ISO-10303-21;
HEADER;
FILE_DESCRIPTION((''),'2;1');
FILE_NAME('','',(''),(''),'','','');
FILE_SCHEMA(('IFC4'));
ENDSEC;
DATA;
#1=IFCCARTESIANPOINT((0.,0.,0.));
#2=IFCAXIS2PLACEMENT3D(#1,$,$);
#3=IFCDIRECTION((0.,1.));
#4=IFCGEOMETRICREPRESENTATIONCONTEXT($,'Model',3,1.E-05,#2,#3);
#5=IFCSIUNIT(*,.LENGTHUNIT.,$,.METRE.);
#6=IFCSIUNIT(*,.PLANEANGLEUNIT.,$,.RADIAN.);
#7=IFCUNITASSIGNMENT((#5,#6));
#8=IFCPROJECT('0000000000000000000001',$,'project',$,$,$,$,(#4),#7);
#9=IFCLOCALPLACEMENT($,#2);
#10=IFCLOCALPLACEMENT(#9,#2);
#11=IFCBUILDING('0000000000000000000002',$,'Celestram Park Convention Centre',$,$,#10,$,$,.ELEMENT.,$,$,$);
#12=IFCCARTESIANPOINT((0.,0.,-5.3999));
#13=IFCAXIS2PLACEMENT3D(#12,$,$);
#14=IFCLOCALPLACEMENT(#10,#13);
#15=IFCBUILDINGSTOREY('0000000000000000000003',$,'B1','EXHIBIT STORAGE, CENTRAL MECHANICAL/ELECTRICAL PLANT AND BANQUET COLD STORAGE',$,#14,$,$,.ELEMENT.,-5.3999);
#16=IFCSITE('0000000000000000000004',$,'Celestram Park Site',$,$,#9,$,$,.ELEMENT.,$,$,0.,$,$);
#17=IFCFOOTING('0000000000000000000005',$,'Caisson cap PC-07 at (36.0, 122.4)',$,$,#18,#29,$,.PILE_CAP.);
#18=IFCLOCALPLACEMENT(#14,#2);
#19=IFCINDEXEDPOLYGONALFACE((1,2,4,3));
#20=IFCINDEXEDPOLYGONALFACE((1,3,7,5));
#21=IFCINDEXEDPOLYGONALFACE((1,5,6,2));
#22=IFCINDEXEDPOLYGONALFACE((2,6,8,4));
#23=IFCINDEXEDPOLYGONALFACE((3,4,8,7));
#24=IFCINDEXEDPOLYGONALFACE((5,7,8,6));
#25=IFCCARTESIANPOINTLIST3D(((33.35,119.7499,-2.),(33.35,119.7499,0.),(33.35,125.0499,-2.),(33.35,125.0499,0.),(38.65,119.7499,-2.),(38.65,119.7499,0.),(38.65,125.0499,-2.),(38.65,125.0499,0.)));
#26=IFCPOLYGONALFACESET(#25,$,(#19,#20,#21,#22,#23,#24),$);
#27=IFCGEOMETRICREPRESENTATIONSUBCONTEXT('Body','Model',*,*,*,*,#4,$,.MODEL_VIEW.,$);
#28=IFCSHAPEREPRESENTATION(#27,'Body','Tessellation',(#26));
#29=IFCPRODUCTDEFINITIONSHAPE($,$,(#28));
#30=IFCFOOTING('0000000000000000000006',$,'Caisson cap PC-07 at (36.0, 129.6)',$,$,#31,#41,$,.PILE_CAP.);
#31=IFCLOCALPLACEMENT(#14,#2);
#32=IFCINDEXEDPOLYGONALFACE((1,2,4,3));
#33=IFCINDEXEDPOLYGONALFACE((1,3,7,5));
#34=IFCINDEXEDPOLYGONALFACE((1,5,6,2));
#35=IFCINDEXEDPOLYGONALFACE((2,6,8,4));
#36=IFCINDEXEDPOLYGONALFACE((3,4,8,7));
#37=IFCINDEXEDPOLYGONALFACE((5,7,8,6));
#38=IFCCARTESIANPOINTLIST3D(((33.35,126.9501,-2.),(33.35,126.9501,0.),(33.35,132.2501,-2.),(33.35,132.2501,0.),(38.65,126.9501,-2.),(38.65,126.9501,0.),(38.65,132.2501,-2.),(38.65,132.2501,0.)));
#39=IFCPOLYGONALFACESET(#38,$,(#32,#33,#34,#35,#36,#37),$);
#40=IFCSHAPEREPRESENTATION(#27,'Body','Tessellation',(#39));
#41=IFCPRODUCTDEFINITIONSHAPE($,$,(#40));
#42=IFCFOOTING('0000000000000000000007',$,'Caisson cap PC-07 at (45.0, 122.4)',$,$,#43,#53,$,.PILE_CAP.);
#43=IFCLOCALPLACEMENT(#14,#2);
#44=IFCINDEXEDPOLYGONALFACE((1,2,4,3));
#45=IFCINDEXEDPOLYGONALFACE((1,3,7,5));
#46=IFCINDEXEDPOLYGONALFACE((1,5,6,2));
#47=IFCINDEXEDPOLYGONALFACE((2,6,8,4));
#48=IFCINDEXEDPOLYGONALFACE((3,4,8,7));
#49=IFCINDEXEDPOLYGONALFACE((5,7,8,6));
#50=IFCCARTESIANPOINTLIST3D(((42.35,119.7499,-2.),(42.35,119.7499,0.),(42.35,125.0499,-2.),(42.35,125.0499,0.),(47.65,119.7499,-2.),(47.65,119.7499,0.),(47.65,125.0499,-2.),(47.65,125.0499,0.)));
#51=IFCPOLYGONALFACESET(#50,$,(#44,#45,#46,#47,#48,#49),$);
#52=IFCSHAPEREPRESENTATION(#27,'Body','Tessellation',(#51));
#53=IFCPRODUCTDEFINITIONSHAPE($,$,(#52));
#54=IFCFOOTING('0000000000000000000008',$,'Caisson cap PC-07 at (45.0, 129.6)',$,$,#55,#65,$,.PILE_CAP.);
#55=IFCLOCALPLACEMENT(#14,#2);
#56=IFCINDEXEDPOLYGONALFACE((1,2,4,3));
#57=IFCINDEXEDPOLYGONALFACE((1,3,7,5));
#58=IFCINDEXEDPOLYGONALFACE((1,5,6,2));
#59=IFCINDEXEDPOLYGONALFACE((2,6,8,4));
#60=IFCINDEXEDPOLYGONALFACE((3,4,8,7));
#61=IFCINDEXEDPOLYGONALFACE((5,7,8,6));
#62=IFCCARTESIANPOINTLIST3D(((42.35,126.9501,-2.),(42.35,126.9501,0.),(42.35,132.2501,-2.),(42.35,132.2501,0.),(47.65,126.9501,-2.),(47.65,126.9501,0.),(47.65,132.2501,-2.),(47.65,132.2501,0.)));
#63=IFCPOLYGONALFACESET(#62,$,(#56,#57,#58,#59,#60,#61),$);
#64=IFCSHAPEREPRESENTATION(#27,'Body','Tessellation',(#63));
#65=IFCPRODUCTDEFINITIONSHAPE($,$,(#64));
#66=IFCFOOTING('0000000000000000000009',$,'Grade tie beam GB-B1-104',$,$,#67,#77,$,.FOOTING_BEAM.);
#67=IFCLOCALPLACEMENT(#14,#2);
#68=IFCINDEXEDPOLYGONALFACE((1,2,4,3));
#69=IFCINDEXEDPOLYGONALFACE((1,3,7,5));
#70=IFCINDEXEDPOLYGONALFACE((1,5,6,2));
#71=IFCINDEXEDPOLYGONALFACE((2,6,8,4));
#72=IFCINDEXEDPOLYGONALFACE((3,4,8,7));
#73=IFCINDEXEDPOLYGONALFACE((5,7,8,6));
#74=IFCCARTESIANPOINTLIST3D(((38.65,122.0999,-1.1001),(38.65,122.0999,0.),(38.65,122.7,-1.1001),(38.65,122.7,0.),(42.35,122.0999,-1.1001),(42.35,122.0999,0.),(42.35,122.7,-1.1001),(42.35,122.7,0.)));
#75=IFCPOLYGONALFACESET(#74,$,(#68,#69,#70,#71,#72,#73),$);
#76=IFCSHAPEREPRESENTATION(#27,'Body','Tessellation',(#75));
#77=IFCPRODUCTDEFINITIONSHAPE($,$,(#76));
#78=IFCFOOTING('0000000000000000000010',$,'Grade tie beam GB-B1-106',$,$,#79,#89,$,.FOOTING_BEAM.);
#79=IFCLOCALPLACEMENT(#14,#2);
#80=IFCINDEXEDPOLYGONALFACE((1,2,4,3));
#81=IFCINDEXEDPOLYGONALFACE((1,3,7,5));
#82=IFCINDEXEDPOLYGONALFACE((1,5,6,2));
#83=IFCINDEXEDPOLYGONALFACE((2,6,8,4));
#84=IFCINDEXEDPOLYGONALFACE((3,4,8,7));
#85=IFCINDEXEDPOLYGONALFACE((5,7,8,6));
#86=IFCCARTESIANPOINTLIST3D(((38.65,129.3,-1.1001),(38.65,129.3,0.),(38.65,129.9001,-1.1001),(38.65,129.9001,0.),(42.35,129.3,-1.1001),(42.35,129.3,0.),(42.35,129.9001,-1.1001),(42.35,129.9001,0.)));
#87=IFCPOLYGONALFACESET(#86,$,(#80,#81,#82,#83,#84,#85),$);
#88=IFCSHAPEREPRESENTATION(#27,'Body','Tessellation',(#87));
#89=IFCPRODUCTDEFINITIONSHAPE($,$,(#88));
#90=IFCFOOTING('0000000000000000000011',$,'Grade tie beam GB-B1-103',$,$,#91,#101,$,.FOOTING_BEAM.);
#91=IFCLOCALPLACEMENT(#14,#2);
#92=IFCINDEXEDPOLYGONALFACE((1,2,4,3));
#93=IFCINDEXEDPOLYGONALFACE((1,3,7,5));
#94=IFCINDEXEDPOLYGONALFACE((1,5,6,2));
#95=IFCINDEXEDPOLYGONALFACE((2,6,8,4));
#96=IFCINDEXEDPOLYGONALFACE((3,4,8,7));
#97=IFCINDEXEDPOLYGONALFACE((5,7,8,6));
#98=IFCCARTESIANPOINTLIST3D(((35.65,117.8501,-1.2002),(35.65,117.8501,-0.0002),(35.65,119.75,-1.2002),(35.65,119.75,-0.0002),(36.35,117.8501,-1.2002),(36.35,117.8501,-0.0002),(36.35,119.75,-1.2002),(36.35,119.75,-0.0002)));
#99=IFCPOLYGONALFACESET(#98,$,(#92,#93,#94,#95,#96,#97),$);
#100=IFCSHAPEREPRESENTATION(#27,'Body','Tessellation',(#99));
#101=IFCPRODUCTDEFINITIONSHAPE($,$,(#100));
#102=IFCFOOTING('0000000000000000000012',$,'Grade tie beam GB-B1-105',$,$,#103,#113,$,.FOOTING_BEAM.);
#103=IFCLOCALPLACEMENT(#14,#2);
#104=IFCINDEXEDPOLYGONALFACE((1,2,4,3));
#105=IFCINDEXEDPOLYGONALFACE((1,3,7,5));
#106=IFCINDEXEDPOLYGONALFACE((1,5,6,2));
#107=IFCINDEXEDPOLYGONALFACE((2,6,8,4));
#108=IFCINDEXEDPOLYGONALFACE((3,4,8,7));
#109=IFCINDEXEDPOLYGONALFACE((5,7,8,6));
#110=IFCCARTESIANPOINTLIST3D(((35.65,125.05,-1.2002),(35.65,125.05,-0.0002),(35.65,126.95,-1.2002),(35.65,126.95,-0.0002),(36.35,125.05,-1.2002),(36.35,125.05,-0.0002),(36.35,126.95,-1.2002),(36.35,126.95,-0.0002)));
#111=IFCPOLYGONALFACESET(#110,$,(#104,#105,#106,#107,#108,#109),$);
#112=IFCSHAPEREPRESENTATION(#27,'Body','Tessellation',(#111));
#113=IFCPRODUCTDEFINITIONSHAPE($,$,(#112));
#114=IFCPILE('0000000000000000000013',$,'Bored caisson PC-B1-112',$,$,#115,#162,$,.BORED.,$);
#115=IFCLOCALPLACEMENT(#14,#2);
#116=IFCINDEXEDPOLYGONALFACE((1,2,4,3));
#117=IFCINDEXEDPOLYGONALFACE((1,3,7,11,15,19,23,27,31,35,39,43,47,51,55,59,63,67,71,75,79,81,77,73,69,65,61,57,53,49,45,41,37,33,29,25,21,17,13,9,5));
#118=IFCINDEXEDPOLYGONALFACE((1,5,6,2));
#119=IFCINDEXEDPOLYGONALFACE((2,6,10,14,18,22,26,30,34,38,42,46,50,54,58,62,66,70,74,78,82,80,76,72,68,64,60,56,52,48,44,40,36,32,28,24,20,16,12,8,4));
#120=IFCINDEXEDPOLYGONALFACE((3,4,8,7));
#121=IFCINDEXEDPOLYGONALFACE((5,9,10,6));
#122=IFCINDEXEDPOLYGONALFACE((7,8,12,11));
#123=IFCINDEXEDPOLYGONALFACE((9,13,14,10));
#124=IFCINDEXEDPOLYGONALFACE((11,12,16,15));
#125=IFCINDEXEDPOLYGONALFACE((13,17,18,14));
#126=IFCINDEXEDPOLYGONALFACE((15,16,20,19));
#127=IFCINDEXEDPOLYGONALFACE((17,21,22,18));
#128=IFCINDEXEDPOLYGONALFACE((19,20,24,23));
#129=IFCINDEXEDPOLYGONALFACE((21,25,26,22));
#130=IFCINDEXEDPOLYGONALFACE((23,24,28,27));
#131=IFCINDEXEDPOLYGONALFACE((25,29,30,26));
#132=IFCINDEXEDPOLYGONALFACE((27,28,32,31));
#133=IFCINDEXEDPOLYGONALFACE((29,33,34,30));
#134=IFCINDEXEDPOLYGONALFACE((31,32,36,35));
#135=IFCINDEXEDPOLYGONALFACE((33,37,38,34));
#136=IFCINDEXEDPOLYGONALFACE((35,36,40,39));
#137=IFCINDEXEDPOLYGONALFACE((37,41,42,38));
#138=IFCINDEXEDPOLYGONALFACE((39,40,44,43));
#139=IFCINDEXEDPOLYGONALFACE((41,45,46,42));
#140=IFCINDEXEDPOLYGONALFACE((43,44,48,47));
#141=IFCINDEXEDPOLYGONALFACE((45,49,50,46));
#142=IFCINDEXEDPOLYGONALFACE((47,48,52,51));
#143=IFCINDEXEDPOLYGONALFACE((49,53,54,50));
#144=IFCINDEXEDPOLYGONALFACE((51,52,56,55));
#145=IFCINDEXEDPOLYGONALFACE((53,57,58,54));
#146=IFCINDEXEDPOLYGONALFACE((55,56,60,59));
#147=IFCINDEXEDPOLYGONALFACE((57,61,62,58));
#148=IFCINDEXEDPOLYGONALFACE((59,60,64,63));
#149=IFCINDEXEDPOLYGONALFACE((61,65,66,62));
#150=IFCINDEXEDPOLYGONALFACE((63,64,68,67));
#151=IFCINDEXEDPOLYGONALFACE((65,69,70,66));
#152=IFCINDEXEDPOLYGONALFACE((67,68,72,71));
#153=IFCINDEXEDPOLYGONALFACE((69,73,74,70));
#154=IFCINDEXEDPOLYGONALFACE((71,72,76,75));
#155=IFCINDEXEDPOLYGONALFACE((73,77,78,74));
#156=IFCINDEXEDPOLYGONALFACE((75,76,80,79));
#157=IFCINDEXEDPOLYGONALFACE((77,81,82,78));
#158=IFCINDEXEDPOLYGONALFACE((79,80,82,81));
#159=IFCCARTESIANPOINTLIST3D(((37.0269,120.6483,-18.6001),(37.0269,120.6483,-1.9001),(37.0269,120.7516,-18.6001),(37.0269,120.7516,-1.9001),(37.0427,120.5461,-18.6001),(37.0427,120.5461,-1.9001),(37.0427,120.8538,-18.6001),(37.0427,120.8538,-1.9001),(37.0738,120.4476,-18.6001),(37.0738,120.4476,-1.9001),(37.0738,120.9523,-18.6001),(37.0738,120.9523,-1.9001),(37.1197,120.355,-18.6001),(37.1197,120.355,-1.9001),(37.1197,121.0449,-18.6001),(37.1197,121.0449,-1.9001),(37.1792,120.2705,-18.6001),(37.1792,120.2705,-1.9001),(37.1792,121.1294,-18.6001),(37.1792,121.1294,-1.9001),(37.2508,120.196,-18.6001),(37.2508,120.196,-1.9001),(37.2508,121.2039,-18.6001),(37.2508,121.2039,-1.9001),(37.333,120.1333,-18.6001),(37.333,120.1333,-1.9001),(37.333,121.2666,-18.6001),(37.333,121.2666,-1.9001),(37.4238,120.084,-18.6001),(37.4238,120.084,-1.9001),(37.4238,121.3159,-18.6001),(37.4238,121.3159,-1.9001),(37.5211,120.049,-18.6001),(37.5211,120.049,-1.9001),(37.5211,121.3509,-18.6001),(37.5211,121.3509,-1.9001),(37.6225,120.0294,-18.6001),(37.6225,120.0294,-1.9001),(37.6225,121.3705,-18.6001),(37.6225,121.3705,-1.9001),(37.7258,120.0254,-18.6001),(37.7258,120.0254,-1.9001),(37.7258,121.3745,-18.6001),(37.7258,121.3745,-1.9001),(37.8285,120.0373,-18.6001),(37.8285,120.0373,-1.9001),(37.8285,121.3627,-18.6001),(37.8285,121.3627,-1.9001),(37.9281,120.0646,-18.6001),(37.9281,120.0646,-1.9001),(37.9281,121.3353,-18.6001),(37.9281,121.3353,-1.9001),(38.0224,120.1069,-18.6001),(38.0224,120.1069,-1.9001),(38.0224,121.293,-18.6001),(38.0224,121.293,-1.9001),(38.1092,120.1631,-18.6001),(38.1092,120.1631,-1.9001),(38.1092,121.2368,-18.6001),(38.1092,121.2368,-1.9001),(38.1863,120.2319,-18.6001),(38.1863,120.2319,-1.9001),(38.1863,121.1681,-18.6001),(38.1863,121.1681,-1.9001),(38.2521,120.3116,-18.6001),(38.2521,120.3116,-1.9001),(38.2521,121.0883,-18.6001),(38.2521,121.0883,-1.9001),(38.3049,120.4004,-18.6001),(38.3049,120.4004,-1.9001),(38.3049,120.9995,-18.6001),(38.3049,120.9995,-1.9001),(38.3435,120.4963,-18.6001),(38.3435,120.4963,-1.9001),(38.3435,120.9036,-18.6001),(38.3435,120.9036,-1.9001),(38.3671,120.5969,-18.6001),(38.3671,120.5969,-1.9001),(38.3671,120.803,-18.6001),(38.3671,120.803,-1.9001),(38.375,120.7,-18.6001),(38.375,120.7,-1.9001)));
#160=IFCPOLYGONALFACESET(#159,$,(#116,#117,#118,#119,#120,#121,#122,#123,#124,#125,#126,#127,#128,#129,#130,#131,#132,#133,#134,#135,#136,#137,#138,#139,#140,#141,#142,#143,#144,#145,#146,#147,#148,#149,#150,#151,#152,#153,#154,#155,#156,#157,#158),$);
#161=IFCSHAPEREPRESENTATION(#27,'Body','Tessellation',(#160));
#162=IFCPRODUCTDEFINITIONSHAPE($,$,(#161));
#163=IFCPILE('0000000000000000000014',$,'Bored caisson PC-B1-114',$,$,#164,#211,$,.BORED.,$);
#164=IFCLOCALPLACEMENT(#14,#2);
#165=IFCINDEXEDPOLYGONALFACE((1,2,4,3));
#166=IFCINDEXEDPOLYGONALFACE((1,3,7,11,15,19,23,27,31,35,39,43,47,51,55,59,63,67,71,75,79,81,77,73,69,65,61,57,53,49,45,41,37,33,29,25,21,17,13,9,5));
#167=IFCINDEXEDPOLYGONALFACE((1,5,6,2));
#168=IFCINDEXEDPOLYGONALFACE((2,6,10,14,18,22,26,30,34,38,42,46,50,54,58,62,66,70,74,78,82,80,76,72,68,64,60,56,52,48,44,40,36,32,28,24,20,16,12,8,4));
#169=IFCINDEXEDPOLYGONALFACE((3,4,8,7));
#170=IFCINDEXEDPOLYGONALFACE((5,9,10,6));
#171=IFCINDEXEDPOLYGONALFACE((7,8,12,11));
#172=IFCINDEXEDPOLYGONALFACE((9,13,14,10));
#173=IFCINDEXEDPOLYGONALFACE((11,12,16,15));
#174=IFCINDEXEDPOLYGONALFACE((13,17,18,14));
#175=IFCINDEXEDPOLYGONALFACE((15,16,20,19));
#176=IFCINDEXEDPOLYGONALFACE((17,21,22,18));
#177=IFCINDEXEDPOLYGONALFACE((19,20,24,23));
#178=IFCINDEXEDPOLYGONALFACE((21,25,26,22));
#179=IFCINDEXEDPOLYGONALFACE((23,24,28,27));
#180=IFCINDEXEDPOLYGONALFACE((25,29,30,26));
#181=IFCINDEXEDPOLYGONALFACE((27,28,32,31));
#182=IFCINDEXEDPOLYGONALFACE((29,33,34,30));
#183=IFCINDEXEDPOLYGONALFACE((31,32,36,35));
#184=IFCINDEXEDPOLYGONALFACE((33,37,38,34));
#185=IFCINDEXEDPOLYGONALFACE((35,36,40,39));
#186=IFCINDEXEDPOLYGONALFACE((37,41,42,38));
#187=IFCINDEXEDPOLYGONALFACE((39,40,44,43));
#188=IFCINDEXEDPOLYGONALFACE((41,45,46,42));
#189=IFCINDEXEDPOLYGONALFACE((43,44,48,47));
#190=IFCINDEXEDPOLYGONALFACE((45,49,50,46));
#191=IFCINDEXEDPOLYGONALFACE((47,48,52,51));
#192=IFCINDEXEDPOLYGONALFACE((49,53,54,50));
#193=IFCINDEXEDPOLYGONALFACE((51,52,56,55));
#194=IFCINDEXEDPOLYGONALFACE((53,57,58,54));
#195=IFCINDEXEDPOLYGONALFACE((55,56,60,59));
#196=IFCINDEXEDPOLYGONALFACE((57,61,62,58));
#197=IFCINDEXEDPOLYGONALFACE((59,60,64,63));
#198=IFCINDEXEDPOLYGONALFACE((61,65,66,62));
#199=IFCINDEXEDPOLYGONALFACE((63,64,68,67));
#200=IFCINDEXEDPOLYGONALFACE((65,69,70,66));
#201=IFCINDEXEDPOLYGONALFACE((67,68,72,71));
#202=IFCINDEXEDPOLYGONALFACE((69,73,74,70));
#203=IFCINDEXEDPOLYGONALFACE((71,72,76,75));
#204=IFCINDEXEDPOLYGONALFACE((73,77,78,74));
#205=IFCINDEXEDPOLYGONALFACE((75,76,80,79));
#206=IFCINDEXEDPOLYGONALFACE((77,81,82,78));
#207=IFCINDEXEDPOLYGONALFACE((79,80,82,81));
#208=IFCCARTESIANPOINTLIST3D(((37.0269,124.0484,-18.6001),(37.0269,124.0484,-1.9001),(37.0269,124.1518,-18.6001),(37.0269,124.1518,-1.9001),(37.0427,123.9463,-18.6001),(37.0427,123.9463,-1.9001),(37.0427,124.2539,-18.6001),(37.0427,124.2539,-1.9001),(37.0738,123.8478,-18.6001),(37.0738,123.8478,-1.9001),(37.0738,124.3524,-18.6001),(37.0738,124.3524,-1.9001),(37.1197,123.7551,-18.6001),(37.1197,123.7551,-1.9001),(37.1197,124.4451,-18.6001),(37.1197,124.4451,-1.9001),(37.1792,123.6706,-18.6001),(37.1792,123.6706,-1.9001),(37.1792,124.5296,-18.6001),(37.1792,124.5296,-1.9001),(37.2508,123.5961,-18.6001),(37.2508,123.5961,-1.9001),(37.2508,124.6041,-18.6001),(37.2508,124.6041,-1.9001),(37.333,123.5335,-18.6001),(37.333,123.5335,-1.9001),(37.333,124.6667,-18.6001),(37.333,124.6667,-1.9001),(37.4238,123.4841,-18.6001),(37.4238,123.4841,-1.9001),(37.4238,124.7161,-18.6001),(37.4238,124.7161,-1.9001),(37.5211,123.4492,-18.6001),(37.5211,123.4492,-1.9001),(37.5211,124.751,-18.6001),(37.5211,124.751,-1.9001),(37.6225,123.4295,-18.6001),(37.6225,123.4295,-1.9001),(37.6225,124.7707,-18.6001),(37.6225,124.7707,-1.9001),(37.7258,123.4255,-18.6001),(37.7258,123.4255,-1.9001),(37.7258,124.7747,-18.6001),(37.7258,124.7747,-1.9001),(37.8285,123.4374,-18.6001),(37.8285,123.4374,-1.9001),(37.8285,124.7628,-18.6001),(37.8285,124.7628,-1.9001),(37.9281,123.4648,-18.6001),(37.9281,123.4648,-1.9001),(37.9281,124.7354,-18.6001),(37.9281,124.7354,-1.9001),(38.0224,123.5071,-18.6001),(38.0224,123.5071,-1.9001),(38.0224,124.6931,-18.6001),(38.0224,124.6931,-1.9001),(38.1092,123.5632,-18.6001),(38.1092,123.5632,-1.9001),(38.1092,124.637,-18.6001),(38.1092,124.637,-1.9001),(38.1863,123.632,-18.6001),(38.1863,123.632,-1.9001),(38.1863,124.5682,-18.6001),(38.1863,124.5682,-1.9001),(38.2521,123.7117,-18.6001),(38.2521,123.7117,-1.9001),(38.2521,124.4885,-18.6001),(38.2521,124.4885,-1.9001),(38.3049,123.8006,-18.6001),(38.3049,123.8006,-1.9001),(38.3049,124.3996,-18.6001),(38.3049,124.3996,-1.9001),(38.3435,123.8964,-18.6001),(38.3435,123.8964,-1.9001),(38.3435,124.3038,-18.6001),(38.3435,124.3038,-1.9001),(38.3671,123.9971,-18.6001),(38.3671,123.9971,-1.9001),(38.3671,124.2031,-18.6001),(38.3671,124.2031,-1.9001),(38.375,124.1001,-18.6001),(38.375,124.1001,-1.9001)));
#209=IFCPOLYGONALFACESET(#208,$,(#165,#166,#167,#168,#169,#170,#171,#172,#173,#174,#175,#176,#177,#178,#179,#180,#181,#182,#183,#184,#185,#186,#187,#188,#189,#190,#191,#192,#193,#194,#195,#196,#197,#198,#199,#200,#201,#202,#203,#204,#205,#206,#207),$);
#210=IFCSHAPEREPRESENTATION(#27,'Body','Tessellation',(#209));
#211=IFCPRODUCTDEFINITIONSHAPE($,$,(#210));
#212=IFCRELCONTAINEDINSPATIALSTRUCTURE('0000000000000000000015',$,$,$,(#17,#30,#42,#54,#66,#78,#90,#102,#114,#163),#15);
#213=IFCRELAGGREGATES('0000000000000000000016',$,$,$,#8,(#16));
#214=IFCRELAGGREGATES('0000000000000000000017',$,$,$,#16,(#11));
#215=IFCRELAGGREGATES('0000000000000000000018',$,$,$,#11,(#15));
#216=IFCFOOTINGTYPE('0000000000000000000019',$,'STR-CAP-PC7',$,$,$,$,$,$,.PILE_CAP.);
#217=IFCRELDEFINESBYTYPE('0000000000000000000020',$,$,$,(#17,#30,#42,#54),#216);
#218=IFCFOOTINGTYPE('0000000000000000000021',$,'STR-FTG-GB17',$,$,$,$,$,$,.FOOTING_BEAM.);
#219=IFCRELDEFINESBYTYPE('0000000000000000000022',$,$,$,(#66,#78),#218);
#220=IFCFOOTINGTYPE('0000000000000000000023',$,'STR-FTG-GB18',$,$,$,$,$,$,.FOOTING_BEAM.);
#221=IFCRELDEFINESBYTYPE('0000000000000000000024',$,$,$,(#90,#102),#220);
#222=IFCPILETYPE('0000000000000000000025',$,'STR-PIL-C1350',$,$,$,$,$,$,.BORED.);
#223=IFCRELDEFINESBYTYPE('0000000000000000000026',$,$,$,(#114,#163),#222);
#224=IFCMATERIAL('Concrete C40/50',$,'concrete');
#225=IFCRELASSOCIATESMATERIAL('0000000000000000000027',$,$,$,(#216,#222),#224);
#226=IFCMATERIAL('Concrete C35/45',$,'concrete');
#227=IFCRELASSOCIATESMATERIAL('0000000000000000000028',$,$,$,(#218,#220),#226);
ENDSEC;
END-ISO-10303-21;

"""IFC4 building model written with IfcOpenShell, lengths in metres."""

from ifc_helpers import new_model, si_unit, direction, frame, origin, origin_2d, place, context, subcontext, project, spatial, rectangle, circle, extrude, material, material_profile, profile_set, type_object, element, save


model = new_model("IFC4")

# Units and contexts
model_context = context("Model", 3, precision=1e-05, world=origin(), true_north=direction((0.0, 1.0)))
body_context = subcontext(model_context, "Body", "Model", "MODEL_VIEW")
ifc_project = project(units=[si_unit("LENGTHUNIT", "METRE"), si_unit("PLANEANGLEUNIT", "RADIAN")], contexts=[model_context])

# Site, building, storey
site_placement = place(None, origin())
site = spatial("IfcSite", under=ifc_project, at=site_placement, Name="Celestram Park Site", CompositionType="ELEMENT", RefElevation=0.0)
building_placement = place(site_placement, origin())
building = spatial("IfcBuilding", under=site, at=building_placement, Name="Celestram Park Convention Centre", CompositionType="ELEMENT")
storey_placement = place(building_placement, frame((0.0, 0.0, -5.3999)))
storey = spatial("IfcBuildingStorey", under=building, at=storey_placement, Name="B1", Description="EXHIBIT STORAGE, CENTRAL MECHANICAL/ELECTRICAL PLANT AND BANQUET COLD STORAGE", CompositionType="ELEMENT", Elevation=-5.3999)

# Footings
ifc_material_1 = material(Name="Concrete C40/50", Category="concrete")
footing_type_1 = type_object("IfcFootingType", Name="STR-CAP-PC7", PredefinedType="PILE_CAP", material=ifc_material_1)
for number, where, z_axis, x_axis, name in (
    (1, (36.0, 122.3999, -2.0), (0.0, 0.0, 1.0), (1.0, 0.0, 0.0), "Caisson cap PC-07 at (36.0, 122.4)"),
    (2, (36.0, 129.6001, -2.0), (0.0, 0.0, 1.0), (1.0, 0.0, 0.0), "Caisson cap PC-07 at (36.0, 129.6)"),
    (3, (45.0, 122.3999, -2.0), (0.0, 0.0, 1.0), (1.0, 0.0, 0.0), "Caisson cap PC-07 at (45.0, 122.4)"),
    (4, (45.0, 129.6001, -2.0), (0.0, 0.0, 1.0), (1.0, 0.0, 0.0), "Caisson cap PC-07 at (45.0, 129.6)"),
):
    element("IfcFooting", number, at=place(storey_placement, frame(where, z_axis=z_axis, x_axis=x_axis)), inside=storey, type_object=footing_type_1, Name=name, PredefinedType="PILE_CAP", context=body_context, shape_type="SweptSolid", body=[
        extrude(rectangle(XDim=5.3, YDim=5.3, at=origin_2d()), origin(), (0.0, 0.0, 1.0), 2.0),
    ])
ifc_material_2 = material(Name="Concrete C35/45", Category="concrete")
footing_type_2 = type_object("IfcFootingType", Name="STR-FTG-GB17", PredefinedType="FOOTING_BEAM", material=ifc_material_2)
for number, where, z_axis, x_axis, name in (
    (5, (40.5, 122.3999, -1.1001), (0.0, 0.0, 1.0), (1.0, 0.0, 0.0), "Grade tie beam GB-B1-104"),
    (6, (40.5, 129.6001, -1.1001), (0.0, 0.0, 1.0), (1.0, 0.0, 0.0), "Grade tie beam GB-B1-106"),
):
    element("IfcFooting", number, at=place(storey_placement, frame(where, z_axis=z_axis, x_axis=x_axis)), inside=storey, type_object=footing_type_2, Name=name, PredefinedType="FOOTING_BEAM", context=body_context, shape_type="SweptSolid", body=[
        extrude(rectangle(XDim=3.7, YDim=0.6001, at=origin_2d()), origin(), (0.0, 0.0, 1.0), 1.1001),
    ])
footing_type_3 = type_object("IfcFootingType", Name="STR-FTG-GB18", PredefinedType="FOOTING_BEAM", material=ifc_material_2)
for number, where, z_axis, x_axis, name in (
    (7, (36.0, 118.8, -1.2002), (0.0, 0.0, 1.0), (0.0, 1.0, 0.0), "Grade tie beam GB-B1-103"),
    (8, (36.0, 126.0, -1.2002), (0.0, 0.0, 1.0), (0.0, 1.0, 0.0), "Grade tie beam GB-B1-105"),
):
    element("IfcFooting", number, at=place(storey_placement, frame(where, z_axis=z_axis, x_axis=x_axis)), inside=storey, type_object=footing_type_3, Name=name, PredefinedType="FOOTING_BEAM", context=body_context, shape_type="SweptSolid", body=[
        extrude(rectangle(XDim=1.8999, YDim=0.7, at=origin_2d()), origin(), (0.0, 0.0, 1.0), 1.2),
    ])

# Piles
ifc_material_profile_1 = material_profile(ifc_material_1, circle(Radius=0.675, at=origin_2d()), Name="CAISSON1350")
ifc_profile_set_1 = profile_set([ifc_material_profile_1], Name="Concrete C40/50")
pile_type = type_object("IfcPileType", Name="STR-PIL-C1350", PredefinedType="BORED", material=ifc_profile_set_1)
for number, where, z_axis, x_axis, name in (
    (9, (37.7, 120.7, -1.9001), (0.0, 0.0, -1.0), (1.0, 0.0, 0.0), "Bored caisson PC-B1-112"),
    (10, (37.7, 124.1001, -1.9001), (0.0, 0.0, -1.0), (1.0, 0.0, 0.0), "Bored caisson PC-B1-114"),
):
    element("IfcPile", number, at=place(storey_placement, frame(where, z_axis=z_axis, x_axis=x_axis)), inside=storey, type_object=pile_type, Name=name, PredefinedType="BORED", context=body_context, shape_type="SweptSolid", body=[
        extrude(circle(Radius=0.675, at=origin_2d()), origin(), (0.0, 0.0, 1.0), 16.7),
    ])

save(model, "model.ifc")
